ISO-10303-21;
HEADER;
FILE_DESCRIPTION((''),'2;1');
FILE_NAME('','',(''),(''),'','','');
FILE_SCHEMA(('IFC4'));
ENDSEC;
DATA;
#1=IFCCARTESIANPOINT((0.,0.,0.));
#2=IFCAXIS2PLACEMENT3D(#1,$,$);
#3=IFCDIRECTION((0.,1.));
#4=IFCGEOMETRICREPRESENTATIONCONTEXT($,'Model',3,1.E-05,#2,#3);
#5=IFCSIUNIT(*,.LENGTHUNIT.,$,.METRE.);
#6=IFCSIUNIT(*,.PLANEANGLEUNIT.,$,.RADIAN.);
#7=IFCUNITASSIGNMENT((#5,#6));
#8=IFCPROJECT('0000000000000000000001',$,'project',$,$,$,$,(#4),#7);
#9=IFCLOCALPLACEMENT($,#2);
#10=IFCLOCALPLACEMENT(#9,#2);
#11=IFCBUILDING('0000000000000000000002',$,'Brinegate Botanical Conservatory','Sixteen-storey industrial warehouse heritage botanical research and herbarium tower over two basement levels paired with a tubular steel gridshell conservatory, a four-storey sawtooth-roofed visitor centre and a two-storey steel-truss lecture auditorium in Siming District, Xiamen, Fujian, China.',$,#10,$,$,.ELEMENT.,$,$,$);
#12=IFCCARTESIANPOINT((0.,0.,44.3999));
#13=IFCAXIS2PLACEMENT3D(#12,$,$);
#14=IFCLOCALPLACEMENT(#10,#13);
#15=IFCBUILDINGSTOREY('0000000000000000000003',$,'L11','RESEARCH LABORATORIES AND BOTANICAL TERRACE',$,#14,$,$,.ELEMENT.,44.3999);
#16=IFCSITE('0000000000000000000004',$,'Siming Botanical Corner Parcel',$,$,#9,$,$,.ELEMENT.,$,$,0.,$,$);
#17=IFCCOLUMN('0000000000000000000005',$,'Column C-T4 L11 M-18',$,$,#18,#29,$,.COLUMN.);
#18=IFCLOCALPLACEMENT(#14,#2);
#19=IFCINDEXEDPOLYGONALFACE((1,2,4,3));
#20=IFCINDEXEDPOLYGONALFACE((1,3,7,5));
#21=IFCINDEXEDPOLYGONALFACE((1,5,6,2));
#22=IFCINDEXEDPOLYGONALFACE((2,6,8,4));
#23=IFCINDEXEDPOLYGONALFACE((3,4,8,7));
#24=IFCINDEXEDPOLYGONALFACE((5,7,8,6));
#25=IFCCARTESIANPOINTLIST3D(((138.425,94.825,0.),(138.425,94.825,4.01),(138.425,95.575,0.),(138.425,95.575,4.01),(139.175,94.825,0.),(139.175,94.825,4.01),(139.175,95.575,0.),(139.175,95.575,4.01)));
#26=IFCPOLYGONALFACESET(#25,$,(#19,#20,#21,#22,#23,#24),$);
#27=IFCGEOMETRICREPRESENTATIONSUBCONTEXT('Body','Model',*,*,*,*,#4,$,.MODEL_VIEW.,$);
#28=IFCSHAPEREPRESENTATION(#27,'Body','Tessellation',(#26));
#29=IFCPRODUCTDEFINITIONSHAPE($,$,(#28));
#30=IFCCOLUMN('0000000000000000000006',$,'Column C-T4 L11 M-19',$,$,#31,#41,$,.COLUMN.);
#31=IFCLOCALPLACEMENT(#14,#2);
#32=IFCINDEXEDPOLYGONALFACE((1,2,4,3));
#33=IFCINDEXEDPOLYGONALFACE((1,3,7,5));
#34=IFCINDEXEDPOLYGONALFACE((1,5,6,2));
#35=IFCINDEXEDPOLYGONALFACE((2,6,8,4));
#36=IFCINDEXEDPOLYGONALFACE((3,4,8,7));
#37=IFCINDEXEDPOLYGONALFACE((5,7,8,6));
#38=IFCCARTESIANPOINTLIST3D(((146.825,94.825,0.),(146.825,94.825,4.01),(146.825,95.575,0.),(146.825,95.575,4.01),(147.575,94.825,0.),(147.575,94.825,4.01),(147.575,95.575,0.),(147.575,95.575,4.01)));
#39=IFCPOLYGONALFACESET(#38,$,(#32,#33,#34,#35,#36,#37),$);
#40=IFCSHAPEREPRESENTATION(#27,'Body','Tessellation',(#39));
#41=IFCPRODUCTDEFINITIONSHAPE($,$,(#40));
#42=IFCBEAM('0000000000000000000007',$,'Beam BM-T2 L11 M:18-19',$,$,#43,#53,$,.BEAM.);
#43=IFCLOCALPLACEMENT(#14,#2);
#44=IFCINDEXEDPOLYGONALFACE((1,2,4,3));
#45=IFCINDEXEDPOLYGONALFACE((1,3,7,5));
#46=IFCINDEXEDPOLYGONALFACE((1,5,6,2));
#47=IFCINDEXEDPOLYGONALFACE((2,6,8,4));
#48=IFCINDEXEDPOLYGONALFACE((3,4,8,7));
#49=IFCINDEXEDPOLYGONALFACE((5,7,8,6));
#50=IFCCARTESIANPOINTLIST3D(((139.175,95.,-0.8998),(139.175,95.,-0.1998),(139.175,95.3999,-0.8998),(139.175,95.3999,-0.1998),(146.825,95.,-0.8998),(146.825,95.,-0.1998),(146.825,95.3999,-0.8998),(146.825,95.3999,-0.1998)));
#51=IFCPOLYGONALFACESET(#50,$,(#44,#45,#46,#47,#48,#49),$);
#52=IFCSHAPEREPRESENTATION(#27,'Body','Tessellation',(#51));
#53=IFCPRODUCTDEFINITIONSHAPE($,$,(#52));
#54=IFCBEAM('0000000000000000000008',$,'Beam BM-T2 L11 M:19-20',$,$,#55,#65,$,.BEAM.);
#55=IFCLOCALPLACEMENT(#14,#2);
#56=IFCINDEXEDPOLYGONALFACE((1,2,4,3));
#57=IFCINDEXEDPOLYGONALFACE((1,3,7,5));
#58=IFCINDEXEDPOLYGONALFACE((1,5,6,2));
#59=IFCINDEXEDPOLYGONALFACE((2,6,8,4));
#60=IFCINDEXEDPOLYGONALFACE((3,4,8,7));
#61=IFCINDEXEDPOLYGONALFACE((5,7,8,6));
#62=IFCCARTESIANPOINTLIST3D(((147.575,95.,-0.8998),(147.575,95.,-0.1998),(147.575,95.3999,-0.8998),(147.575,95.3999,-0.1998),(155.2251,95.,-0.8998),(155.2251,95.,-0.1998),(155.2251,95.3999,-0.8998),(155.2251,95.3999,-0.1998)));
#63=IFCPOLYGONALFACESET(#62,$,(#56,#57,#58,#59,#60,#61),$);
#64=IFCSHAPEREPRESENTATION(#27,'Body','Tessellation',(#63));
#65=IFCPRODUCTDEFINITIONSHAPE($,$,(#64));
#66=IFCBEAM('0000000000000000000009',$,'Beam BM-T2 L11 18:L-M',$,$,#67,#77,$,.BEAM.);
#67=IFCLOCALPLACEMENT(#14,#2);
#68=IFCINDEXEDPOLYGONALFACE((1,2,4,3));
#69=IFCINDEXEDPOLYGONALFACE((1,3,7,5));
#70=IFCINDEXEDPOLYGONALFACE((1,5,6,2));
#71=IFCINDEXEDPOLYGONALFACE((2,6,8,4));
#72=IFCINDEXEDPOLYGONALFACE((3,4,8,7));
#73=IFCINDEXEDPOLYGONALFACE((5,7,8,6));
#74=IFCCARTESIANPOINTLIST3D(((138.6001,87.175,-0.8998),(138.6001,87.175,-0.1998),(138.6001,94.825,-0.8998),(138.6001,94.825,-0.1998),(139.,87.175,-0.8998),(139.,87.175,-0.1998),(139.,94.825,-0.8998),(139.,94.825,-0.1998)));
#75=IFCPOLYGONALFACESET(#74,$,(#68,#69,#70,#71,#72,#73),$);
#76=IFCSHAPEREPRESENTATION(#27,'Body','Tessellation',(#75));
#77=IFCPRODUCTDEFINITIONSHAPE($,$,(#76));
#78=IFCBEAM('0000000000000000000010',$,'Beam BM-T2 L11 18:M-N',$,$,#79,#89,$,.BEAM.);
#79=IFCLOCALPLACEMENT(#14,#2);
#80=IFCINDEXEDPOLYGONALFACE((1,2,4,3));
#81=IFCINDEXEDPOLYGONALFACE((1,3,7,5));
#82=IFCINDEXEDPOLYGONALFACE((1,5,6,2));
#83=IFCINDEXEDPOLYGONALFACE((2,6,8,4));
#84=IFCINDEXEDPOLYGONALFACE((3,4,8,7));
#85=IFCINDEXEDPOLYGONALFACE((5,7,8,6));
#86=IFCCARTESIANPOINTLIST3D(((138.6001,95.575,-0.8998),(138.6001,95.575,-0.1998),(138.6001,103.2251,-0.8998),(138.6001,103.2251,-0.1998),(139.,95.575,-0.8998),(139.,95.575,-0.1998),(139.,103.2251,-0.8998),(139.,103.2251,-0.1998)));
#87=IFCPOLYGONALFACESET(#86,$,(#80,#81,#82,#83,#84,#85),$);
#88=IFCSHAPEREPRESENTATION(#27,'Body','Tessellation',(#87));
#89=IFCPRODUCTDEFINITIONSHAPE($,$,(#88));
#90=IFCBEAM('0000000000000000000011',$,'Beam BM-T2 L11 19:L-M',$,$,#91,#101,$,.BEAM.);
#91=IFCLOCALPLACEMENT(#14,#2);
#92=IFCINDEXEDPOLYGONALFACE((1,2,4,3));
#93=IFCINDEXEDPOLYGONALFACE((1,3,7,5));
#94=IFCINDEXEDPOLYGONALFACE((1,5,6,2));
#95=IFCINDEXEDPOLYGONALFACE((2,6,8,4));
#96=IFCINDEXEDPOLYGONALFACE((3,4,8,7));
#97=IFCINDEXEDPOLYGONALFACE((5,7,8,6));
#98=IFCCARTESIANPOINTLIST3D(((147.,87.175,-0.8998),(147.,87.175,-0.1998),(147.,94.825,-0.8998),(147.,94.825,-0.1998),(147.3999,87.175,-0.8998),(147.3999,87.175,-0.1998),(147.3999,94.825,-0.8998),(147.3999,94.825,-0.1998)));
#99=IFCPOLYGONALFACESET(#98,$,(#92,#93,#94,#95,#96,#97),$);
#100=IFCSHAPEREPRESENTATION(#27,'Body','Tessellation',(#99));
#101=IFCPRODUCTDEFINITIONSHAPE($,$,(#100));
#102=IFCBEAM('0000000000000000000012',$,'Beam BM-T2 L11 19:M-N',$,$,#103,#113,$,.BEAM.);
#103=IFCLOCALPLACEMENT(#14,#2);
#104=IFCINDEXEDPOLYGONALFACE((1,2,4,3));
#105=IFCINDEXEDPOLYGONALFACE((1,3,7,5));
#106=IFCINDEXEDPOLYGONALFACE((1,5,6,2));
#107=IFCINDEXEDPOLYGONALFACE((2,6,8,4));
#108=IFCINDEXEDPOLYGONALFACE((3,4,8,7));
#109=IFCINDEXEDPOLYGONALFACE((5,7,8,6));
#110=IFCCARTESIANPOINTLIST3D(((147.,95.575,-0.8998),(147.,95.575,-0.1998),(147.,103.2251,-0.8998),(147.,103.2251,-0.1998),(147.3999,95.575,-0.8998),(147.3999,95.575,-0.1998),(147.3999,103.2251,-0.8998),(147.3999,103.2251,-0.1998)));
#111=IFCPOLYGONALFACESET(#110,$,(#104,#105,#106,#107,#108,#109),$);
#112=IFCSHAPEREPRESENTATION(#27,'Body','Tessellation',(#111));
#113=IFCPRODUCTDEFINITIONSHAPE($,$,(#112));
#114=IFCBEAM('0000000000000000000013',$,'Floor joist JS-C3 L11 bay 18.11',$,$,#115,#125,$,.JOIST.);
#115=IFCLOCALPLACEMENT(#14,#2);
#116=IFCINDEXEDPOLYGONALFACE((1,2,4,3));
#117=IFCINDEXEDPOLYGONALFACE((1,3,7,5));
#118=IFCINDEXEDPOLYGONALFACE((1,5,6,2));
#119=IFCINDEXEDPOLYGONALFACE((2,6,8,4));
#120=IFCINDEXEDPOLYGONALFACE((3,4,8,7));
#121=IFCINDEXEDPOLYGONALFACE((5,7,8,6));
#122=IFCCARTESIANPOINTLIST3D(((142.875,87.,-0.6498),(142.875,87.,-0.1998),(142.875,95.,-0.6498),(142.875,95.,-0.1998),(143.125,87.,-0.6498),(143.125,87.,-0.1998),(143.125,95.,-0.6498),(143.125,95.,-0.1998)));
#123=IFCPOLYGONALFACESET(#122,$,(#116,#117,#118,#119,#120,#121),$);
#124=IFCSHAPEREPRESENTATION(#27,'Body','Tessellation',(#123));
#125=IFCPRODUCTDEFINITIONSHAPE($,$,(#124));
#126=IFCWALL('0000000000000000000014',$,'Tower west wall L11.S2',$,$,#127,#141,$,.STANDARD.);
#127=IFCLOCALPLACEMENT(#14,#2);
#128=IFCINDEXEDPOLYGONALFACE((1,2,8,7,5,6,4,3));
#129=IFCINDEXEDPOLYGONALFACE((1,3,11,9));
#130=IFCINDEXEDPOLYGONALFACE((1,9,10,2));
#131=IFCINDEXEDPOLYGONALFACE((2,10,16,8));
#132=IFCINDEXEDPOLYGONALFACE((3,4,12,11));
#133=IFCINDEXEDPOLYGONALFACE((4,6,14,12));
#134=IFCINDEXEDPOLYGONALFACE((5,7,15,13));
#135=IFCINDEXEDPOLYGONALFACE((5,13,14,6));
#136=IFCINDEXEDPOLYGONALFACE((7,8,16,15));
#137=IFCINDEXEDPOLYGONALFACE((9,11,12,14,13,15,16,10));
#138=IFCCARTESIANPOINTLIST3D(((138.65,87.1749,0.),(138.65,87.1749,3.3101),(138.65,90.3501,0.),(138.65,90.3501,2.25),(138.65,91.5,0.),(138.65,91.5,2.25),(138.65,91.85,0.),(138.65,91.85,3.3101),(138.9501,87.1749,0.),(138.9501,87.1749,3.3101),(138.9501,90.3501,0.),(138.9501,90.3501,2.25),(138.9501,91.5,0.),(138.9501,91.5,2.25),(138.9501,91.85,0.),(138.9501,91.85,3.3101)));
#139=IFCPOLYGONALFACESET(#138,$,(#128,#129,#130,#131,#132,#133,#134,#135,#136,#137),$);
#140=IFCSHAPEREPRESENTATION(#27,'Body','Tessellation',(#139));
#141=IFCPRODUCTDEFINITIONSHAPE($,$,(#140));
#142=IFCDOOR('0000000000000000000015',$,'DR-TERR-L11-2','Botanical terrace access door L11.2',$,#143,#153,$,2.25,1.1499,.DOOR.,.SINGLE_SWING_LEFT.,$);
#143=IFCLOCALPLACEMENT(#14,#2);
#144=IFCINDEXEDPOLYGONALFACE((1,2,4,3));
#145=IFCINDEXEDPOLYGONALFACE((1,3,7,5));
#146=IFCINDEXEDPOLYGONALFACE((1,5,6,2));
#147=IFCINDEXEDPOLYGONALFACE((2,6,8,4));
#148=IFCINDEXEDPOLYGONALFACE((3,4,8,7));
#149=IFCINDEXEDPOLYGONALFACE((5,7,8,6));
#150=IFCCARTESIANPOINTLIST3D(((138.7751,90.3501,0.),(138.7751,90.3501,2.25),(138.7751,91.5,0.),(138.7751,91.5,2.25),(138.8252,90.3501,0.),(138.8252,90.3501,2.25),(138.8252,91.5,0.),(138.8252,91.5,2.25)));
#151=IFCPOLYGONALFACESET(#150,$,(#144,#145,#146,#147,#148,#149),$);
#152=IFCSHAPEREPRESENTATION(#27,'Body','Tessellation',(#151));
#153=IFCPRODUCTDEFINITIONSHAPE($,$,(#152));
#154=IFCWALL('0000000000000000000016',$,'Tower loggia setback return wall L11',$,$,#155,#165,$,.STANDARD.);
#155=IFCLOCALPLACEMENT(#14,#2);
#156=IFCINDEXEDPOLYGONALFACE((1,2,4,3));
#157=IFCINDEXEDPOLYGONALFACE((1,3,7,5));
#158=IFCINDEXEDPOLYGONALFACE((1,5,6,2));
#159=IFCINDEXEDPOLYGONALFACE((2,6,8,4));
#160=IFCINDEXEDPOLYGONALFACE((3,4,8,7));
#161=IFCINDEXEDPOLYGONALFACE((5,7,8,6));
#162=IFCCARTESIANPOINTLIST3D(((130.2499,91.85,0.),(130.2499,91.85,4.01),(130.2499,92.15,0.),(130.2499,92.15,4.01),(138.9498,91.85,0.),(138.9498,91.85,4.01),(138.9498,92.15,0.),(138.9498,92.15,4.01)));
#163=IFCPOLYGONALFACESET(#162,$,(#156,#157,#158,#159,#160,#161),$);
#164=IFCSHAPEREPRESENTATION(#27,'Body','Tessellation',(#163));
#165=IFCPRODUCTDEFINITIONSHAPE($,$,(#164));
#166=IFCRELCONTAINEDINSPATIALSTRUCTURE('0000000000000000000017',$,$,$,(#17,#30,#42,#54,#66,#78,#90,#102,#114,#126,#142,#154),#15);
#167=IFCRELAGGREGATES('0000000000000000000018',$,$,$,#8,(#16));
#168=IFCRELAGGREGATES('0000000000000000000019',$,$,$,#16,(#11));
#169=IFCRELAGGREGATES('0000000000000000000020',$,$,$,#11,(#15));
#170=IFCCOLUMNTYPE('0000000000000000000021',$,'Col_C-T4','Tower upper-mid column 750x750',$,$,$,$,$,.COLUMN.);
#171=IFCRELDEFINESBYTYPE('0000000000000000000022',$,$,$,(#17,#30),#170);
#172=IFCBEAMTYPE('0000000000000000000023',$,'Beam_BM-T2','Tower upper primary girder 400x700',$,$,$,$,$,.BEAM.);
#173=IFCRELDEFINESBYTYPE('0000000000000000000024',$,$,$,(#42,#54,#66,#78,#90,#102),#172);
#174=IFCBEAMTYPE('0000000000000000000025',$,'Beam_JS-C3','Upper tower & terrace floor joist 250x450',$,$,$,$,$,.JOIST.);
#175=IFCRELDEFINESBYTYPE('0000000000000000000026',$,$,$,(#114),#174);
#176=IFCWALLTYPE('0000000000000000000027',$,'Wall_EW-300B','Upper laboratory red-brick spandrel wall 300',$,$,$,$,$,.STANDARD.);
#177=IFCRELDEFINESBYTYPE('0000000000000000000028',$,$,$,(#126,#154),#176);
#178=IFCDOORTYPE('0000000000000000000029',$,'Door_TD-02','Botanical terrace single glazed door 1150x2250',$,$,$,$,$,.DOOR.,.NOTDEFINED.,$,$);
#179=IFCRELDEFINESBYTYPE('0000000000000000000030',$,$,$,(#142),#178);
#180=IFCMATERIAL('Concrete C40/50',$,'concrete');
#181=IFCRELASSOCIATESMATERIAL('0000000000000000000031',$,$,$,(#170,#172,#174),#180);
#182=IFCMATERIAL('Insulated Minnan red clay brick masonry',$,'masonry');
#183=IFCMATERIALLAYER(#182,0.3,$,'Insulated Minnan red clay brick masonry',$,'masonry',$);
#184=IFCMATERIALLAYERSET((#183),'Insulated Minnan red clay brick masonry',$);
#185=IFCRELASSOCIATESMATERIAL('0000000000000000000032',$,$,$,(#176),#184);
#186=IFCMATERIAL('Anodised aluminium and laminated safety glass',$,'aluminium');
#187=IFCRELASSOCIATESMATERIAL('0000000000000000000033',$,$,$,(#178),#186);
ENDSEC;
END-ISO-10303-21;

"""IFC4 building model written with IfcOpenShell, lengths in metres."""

from ifc_helpers import new_model, si_unit, direction, frame, frame_2d, origin, origin_2d, place, context, subcontext, project, spatial, rectangle, extrude, material, layer, layer_set, material_profile, profile_set, type_object, element, fill, save


model = new_model("IFC4")

# Units and contexts
model_context = context("Model", 3, precision=1e-05, world=origin(), true_north=direction((0.0, 1.0)))
body_context = subcontext(model_context, "Body", "Model", "MODEL_VIEW")
ifc_project = project(units=[si_unit("LENGTHUNIT", "METRE"), si_unit("PLANEANGLEUNIT", "RADIAN")], contexts=[model_context])

# Site, building, storey
site_placement = place(None, origin())
site = spatial("IfcSite", under=ifc_project, at=site_placement, Name="Siming Botanical Corner Parcel", CompositionType="ELEMENT", RefElevation=0.0)
building_placement = place(site_placement, origin())
building = spatial("IfcBuilding", under=site, at=building_placement, Name="Brinegate Botanical Conservatory", Description="Sixteen-storey industrial warehouse heritage botanical research and herbarium tower over two basement levels paired with a tubular steel gridshell conservatory, a four-storey sawtooth-roofed visitor centre and a two-storey steel-truss lecture auditorium in Siming District, Xiamen, Fujian, China.", CompositionType="ELEMENT")
storey_placement = place(building_placement, frame((0.0, 0.0, 44.3999)))
storey = spatial("IfcBuildingStorey", under=building, at=storey_placement, Name="L11", Description="RESEARCH LABORATORIES AND BOTANICAL TERRACE", CompositionType="ELEMENT", Elevation=44.3999)

# Columns
ifc_material_1 = material(Name="Concrete C40/50", Category="concrete")
ifc_material_profile_1 = material_profile(ifc_material_1, rectangle(XDim=0.75, YDim=0.75, at=origin_2d()), Name="RC COL 750x750")
ifc_profile_set_1 = profile_set([ifc_material_profile_1], Name="Concrete C40/50")
column_type = type_object("IfcColumnType", Name="Col_C-T4", Description="Tower upper-mid column 750x750", PredefinedType="COLUMN", material=ifc_profile_set_1)
for number, where, z_axis, x_axis, name in (
    (1, (138.8, 95.2, 0.0), (0.0, 0.0, 1.0), (1.0, 0.0, 0.0), "Column C-T4 L11 M-18"),
    (2, (147.2, 95.2, 0.0), (0.0, 0.0, 1.0), (1.0, 0.0, 0.0), "Column C-T4 L11 M-19"),
):
    element("IfcColumn", number, at=place(storey_placement, frame(where, z_axis=z_axis, x_axis=x_axis)), inside=storey, type_object=column_type, Name=name, PredefinedType="COLUMN", context=body_context, shape_type="SweptSolid", body=[
        extrude(rectangle(XDim=0.75, YDim=0.75, at=origin_2d()), origin(), (0.0, 0.0, 1.0), 4.01),
    ])

# Beams
ifc_material_profile_2 = material_profile(ifc_material_1, rectangle(XDim=0.3999, YDim=0.7, at=origin_2d()), Name="RC BM 400x700")
ifc_profile_set_2 = profile_set([ifc_material_profile_2], Name="Concrete C40/50")
beam_type_1 = type_object("IfcBeamType", Name="Beam_BM-T2", Description="Tower upper primary girder 400x700", PredefinedType="BEAM", material=ifc_profile_set_2)
beam_1_placement = place(storey_placement, frame((139.175, 95.2, -0.5498), z_axis=(1.0, 0.0, 0.0), x_axis=(0.0, 1.0, 0.0)))
element("IfcBeam", 3, at=beam_1_placement, inside=storey, type_object=beam_type_1, Name="Beam BM-T2 L11 M:18-19", PredefinedType="BEAM", context=body_context, shape_type="SweptSolid", body=[
    extrude(rectangle(XDim=0.3999, YDim=0.7, at=origin_2d()), origin(), (0.0, 0.0, 1.0), 7.6499),
])
beam_2_placement = place(storey_placement, frame((147.575, 95.2, -0.5498), z_axis=(1.0, 0.0, 0.0), x_axis=(0.0, 1.0, 0.0)))
element("IfcBeam", 4, at=beam_2_placement, inside=storey, type_object=beam_type_1, Name="Beam BM-T2 L11 M:19-20", PredefinedType="BEAM", context=body_context, shape_type="SweptSolid", body=[
    extrude(rectangle(XDim=0.3999, YDim=0.7, at=origin_2d()), origin(), (0.0, 0.0, 1.0), 7.6501),
])
beam_3_placement = place(storey_placement, frame((138.8, 87.175, -0.5498), z_axis=(0.0, 1.0, 0.0), x_axis=(-1.0, 0.0, 0.0)))
element("IfcBeam", 5, at=beam_3_placement, inside=storey, type_object=beam_type_1, Name="Beam BM-T2 L11 18:L-M", PredefinedType="BEAM", context=body_context, shape_type="SweptSolid", body=[
    extrude(rectangle(XDim=0.3999, YDim=0.7, at=origin_2d()), origin(), (0.0, 0.0, 1.0), 7.6499),
])
beam_4_placement = place(storey_placement, frame((138.8, 95.575, -0.5498), z_axis=(0.0, 1.0, 0.0), x_axis=(-1.0, 0.0, 0.0)))
element("IfcBeam", 6, at=beam_4_placement, inside=storey, type_object=beam_type_1, Name="Beam BM-T2 L11 18:M-N", PredefinedType="BEAM", context=body_context, shape_type="SweptSolid", body=[
    extrude(rectangle(XDim=0.3999, YDim=0.7, at=origin_2d()), origin(), (0.0, 0.0, 1.0), 7.6501),
])
beam_5_placement = place(storey_placement, frame((147.2, 87.175, -0.5498), z_axis=(0.0, 1.0, 0.0), x_axis=(-1.0, 0.0, 0.0)))
element("IfcBeam", 7, at=beam_5_placement, inside=storey, type_object=beam_type_1, Name="Beam BM-T2 L11 19:L-M", PredefinedType="BEAM", context=body_context, shape_type="SweptSolid", body=[
    extrude(rectangle(XDim=0.3999, YDim=0.7, at=origin_2d()), origin(), (0.0, 0.0, 1.0), 7.6499),
])
beam_6_placement = place(storey_placement, frame((147.2, 95.575, -0.5498), z_axis=(0.0, 1.0, 0.0), x_axis=(-1.0, 0.0, 0.0)))
element("IfcBeam", 8, at=beam_6_placement, inside=storey, type_object=beam_type_1, Name="Beam BM-T2 L11 19:M-N", PredefinedType="BEAM", context=body_context, shape_type="SweptSolid", body=[
    extrude(rectangle(XDim=0.3999, YDim=0.7, at=origin_2d()), origin(), (0.0, 0.0, 1.0), 7.6501),
])
ifc_material_profile_3 = material_profile(ifc_material_1, rectangle(XDim=0.25, YDim=0.45, at=origin_2d()), Name="RC JST 250x450")
ifc_profile_set_3 = profile_set([ifc_material_profile_3], Name="Concrete C40/50")
beam_type_2 = type_object("IfcBeamType", Name="Beam_JS-C3", Description="Upper tower & terrace floor joist 250x450", PredefinedType="JOIST", material=ifc_profile_set_3)
beam_7_placement = place(storey_placement, frame((143.0, 87.0, -0.4248), z_axis=(0.0, 1.0, 0.0), x_axis=(-1.0, 0.0, 0.0)))
element("IfcBeam", 9, at=beam_7_placement, inside=storey, type_object=beam_type_2, Name="Floor joist JS-C3 L11 bay 18.11", PredefinedType="JOIST", context=body_context, shape_type="SweptSolid", body=[
    extrude(rectangle(XDim=0.25, YDim=0.45, at=origin_2d()), origin(), (0.0, 0.0, 1.0), 8.0),
])

# Wall, opening, door
ifc_material_2 = material(Name="Insulated Minnan red clay brick masonry", Category="masonry")
ifc_layer_1 = layer(ifc_material_2, 0.3, Name="Insulated Minnan red clay brick masonry", Category="masonry")
ifc_layer_set_1 = layer_set([ifc_layer_1], Name="Insulated Minnan red clay brick masonry")
wall_type_1 = type_object("IfcWallType", Name="Wall_EW-300B", Description="Upper laboratory red-brick spandrel wall 300", PredefinedType="STANDARD", material=ifc_layer_set_1)
wall_1_placement = place(storey_placement, frame((138.8, 87.175, 0.0), z_axis=(0.0, 0.0, 1.0), x_axis=(0.0, 1.0, 0.0)))
wall_1 = element("IfcWall", 10, at=wall_1_placement, inside=storey, type_object=wall_type_1, Name="Tower west wall L11.S2", PredefinedType="STANDARD", context=body_context, shape_type="SweptSolid", body=[
    extrude(rectangle(XDim=4.675, YDim=0.3, at=frame_2d((2.3374, 0.0))), origin(), (0.0, 0.0, 1.0), 3.3101),
])
opening_1_placement = place(wall_1_placement, frame((3.175, 0.0, 0.0)))
opening_1 = element("IfcOpeningElement", 11, at=opening_1_placement, cuts=wall_1, PredefinedType="OPENING", context=body_context, shape_type="SweptSolid", body=[
    extrude(rectangle(XDim=1.1499, YDim=2.25, at=frame_2d((0.575, 1.125))), frame((0.0, 0.1599, 0.0), z_axis=(0.0, -1.0, 0.0), x_axis=(1.0, 0.0, 0.0)), (0.0, 0.0, 1.0), 0.3201),
])
ifc_material_3 = material(Name="Anodised aluminium and laminated safety glass", Category="aluminium")
door_type_1 = type_object("IfcDoorType", Name="Door_TD-02", Description="Botanical terrace single glazed door 1150x2250", OperationType="NOTDEFINED", PredefinedType="DOOR", material=ifc_material_3)
door_1_placement = place(opening_1_placement, origin())
door_1 = element("IfcDoor", 12, at=door_1_placement, inside=storey, type_object=door_type_1, Name="DR-TERR-L11-2", Description="Botanical terrace access door L11.2", OperationType="SINGLE_SWING_LEFT", OverallHeight=2.25, OverallWidth=1.1499, PredefinedType="DOOR", context=body_context, shape_type="SweptSolid", body=[
    extrude(rectangle(XDim=1.1499, YDim=2.25, at=frame_2d((0.575, 1.125))), frame((0.0, 0.0249, 0.0), z_axis=(0.0, -1.0, 0.0), x_axis=(1.0, 0.0, 0.0)), (0.0, 0.0, 1.0), 0.05),
])
fill(opening_1, door_1)

# Wall
wall_2_placement = place(storey_placement, frame((138.95, 92.0, 0.0), z_axis=(0.0, 0.0, 1.0), x_axis=(-1.0, 0.0, 0.0)))
element("IfcWall", 13, at=wall_2_placement, inside=storey, type_object=wall_type_1, Name="Tower loggia setback return wall L11", PredefinedType="STANDARD", context=body_context, shape_type="SweptSolid", body=[
    extrude(rectangle(XDim=8.7, YDim=0.3, at=frame_2d((4.3501, 0.0))), origin(), (0.0, 0.0, 1.0), 4.01),
])

save(model, "model.ifc")
